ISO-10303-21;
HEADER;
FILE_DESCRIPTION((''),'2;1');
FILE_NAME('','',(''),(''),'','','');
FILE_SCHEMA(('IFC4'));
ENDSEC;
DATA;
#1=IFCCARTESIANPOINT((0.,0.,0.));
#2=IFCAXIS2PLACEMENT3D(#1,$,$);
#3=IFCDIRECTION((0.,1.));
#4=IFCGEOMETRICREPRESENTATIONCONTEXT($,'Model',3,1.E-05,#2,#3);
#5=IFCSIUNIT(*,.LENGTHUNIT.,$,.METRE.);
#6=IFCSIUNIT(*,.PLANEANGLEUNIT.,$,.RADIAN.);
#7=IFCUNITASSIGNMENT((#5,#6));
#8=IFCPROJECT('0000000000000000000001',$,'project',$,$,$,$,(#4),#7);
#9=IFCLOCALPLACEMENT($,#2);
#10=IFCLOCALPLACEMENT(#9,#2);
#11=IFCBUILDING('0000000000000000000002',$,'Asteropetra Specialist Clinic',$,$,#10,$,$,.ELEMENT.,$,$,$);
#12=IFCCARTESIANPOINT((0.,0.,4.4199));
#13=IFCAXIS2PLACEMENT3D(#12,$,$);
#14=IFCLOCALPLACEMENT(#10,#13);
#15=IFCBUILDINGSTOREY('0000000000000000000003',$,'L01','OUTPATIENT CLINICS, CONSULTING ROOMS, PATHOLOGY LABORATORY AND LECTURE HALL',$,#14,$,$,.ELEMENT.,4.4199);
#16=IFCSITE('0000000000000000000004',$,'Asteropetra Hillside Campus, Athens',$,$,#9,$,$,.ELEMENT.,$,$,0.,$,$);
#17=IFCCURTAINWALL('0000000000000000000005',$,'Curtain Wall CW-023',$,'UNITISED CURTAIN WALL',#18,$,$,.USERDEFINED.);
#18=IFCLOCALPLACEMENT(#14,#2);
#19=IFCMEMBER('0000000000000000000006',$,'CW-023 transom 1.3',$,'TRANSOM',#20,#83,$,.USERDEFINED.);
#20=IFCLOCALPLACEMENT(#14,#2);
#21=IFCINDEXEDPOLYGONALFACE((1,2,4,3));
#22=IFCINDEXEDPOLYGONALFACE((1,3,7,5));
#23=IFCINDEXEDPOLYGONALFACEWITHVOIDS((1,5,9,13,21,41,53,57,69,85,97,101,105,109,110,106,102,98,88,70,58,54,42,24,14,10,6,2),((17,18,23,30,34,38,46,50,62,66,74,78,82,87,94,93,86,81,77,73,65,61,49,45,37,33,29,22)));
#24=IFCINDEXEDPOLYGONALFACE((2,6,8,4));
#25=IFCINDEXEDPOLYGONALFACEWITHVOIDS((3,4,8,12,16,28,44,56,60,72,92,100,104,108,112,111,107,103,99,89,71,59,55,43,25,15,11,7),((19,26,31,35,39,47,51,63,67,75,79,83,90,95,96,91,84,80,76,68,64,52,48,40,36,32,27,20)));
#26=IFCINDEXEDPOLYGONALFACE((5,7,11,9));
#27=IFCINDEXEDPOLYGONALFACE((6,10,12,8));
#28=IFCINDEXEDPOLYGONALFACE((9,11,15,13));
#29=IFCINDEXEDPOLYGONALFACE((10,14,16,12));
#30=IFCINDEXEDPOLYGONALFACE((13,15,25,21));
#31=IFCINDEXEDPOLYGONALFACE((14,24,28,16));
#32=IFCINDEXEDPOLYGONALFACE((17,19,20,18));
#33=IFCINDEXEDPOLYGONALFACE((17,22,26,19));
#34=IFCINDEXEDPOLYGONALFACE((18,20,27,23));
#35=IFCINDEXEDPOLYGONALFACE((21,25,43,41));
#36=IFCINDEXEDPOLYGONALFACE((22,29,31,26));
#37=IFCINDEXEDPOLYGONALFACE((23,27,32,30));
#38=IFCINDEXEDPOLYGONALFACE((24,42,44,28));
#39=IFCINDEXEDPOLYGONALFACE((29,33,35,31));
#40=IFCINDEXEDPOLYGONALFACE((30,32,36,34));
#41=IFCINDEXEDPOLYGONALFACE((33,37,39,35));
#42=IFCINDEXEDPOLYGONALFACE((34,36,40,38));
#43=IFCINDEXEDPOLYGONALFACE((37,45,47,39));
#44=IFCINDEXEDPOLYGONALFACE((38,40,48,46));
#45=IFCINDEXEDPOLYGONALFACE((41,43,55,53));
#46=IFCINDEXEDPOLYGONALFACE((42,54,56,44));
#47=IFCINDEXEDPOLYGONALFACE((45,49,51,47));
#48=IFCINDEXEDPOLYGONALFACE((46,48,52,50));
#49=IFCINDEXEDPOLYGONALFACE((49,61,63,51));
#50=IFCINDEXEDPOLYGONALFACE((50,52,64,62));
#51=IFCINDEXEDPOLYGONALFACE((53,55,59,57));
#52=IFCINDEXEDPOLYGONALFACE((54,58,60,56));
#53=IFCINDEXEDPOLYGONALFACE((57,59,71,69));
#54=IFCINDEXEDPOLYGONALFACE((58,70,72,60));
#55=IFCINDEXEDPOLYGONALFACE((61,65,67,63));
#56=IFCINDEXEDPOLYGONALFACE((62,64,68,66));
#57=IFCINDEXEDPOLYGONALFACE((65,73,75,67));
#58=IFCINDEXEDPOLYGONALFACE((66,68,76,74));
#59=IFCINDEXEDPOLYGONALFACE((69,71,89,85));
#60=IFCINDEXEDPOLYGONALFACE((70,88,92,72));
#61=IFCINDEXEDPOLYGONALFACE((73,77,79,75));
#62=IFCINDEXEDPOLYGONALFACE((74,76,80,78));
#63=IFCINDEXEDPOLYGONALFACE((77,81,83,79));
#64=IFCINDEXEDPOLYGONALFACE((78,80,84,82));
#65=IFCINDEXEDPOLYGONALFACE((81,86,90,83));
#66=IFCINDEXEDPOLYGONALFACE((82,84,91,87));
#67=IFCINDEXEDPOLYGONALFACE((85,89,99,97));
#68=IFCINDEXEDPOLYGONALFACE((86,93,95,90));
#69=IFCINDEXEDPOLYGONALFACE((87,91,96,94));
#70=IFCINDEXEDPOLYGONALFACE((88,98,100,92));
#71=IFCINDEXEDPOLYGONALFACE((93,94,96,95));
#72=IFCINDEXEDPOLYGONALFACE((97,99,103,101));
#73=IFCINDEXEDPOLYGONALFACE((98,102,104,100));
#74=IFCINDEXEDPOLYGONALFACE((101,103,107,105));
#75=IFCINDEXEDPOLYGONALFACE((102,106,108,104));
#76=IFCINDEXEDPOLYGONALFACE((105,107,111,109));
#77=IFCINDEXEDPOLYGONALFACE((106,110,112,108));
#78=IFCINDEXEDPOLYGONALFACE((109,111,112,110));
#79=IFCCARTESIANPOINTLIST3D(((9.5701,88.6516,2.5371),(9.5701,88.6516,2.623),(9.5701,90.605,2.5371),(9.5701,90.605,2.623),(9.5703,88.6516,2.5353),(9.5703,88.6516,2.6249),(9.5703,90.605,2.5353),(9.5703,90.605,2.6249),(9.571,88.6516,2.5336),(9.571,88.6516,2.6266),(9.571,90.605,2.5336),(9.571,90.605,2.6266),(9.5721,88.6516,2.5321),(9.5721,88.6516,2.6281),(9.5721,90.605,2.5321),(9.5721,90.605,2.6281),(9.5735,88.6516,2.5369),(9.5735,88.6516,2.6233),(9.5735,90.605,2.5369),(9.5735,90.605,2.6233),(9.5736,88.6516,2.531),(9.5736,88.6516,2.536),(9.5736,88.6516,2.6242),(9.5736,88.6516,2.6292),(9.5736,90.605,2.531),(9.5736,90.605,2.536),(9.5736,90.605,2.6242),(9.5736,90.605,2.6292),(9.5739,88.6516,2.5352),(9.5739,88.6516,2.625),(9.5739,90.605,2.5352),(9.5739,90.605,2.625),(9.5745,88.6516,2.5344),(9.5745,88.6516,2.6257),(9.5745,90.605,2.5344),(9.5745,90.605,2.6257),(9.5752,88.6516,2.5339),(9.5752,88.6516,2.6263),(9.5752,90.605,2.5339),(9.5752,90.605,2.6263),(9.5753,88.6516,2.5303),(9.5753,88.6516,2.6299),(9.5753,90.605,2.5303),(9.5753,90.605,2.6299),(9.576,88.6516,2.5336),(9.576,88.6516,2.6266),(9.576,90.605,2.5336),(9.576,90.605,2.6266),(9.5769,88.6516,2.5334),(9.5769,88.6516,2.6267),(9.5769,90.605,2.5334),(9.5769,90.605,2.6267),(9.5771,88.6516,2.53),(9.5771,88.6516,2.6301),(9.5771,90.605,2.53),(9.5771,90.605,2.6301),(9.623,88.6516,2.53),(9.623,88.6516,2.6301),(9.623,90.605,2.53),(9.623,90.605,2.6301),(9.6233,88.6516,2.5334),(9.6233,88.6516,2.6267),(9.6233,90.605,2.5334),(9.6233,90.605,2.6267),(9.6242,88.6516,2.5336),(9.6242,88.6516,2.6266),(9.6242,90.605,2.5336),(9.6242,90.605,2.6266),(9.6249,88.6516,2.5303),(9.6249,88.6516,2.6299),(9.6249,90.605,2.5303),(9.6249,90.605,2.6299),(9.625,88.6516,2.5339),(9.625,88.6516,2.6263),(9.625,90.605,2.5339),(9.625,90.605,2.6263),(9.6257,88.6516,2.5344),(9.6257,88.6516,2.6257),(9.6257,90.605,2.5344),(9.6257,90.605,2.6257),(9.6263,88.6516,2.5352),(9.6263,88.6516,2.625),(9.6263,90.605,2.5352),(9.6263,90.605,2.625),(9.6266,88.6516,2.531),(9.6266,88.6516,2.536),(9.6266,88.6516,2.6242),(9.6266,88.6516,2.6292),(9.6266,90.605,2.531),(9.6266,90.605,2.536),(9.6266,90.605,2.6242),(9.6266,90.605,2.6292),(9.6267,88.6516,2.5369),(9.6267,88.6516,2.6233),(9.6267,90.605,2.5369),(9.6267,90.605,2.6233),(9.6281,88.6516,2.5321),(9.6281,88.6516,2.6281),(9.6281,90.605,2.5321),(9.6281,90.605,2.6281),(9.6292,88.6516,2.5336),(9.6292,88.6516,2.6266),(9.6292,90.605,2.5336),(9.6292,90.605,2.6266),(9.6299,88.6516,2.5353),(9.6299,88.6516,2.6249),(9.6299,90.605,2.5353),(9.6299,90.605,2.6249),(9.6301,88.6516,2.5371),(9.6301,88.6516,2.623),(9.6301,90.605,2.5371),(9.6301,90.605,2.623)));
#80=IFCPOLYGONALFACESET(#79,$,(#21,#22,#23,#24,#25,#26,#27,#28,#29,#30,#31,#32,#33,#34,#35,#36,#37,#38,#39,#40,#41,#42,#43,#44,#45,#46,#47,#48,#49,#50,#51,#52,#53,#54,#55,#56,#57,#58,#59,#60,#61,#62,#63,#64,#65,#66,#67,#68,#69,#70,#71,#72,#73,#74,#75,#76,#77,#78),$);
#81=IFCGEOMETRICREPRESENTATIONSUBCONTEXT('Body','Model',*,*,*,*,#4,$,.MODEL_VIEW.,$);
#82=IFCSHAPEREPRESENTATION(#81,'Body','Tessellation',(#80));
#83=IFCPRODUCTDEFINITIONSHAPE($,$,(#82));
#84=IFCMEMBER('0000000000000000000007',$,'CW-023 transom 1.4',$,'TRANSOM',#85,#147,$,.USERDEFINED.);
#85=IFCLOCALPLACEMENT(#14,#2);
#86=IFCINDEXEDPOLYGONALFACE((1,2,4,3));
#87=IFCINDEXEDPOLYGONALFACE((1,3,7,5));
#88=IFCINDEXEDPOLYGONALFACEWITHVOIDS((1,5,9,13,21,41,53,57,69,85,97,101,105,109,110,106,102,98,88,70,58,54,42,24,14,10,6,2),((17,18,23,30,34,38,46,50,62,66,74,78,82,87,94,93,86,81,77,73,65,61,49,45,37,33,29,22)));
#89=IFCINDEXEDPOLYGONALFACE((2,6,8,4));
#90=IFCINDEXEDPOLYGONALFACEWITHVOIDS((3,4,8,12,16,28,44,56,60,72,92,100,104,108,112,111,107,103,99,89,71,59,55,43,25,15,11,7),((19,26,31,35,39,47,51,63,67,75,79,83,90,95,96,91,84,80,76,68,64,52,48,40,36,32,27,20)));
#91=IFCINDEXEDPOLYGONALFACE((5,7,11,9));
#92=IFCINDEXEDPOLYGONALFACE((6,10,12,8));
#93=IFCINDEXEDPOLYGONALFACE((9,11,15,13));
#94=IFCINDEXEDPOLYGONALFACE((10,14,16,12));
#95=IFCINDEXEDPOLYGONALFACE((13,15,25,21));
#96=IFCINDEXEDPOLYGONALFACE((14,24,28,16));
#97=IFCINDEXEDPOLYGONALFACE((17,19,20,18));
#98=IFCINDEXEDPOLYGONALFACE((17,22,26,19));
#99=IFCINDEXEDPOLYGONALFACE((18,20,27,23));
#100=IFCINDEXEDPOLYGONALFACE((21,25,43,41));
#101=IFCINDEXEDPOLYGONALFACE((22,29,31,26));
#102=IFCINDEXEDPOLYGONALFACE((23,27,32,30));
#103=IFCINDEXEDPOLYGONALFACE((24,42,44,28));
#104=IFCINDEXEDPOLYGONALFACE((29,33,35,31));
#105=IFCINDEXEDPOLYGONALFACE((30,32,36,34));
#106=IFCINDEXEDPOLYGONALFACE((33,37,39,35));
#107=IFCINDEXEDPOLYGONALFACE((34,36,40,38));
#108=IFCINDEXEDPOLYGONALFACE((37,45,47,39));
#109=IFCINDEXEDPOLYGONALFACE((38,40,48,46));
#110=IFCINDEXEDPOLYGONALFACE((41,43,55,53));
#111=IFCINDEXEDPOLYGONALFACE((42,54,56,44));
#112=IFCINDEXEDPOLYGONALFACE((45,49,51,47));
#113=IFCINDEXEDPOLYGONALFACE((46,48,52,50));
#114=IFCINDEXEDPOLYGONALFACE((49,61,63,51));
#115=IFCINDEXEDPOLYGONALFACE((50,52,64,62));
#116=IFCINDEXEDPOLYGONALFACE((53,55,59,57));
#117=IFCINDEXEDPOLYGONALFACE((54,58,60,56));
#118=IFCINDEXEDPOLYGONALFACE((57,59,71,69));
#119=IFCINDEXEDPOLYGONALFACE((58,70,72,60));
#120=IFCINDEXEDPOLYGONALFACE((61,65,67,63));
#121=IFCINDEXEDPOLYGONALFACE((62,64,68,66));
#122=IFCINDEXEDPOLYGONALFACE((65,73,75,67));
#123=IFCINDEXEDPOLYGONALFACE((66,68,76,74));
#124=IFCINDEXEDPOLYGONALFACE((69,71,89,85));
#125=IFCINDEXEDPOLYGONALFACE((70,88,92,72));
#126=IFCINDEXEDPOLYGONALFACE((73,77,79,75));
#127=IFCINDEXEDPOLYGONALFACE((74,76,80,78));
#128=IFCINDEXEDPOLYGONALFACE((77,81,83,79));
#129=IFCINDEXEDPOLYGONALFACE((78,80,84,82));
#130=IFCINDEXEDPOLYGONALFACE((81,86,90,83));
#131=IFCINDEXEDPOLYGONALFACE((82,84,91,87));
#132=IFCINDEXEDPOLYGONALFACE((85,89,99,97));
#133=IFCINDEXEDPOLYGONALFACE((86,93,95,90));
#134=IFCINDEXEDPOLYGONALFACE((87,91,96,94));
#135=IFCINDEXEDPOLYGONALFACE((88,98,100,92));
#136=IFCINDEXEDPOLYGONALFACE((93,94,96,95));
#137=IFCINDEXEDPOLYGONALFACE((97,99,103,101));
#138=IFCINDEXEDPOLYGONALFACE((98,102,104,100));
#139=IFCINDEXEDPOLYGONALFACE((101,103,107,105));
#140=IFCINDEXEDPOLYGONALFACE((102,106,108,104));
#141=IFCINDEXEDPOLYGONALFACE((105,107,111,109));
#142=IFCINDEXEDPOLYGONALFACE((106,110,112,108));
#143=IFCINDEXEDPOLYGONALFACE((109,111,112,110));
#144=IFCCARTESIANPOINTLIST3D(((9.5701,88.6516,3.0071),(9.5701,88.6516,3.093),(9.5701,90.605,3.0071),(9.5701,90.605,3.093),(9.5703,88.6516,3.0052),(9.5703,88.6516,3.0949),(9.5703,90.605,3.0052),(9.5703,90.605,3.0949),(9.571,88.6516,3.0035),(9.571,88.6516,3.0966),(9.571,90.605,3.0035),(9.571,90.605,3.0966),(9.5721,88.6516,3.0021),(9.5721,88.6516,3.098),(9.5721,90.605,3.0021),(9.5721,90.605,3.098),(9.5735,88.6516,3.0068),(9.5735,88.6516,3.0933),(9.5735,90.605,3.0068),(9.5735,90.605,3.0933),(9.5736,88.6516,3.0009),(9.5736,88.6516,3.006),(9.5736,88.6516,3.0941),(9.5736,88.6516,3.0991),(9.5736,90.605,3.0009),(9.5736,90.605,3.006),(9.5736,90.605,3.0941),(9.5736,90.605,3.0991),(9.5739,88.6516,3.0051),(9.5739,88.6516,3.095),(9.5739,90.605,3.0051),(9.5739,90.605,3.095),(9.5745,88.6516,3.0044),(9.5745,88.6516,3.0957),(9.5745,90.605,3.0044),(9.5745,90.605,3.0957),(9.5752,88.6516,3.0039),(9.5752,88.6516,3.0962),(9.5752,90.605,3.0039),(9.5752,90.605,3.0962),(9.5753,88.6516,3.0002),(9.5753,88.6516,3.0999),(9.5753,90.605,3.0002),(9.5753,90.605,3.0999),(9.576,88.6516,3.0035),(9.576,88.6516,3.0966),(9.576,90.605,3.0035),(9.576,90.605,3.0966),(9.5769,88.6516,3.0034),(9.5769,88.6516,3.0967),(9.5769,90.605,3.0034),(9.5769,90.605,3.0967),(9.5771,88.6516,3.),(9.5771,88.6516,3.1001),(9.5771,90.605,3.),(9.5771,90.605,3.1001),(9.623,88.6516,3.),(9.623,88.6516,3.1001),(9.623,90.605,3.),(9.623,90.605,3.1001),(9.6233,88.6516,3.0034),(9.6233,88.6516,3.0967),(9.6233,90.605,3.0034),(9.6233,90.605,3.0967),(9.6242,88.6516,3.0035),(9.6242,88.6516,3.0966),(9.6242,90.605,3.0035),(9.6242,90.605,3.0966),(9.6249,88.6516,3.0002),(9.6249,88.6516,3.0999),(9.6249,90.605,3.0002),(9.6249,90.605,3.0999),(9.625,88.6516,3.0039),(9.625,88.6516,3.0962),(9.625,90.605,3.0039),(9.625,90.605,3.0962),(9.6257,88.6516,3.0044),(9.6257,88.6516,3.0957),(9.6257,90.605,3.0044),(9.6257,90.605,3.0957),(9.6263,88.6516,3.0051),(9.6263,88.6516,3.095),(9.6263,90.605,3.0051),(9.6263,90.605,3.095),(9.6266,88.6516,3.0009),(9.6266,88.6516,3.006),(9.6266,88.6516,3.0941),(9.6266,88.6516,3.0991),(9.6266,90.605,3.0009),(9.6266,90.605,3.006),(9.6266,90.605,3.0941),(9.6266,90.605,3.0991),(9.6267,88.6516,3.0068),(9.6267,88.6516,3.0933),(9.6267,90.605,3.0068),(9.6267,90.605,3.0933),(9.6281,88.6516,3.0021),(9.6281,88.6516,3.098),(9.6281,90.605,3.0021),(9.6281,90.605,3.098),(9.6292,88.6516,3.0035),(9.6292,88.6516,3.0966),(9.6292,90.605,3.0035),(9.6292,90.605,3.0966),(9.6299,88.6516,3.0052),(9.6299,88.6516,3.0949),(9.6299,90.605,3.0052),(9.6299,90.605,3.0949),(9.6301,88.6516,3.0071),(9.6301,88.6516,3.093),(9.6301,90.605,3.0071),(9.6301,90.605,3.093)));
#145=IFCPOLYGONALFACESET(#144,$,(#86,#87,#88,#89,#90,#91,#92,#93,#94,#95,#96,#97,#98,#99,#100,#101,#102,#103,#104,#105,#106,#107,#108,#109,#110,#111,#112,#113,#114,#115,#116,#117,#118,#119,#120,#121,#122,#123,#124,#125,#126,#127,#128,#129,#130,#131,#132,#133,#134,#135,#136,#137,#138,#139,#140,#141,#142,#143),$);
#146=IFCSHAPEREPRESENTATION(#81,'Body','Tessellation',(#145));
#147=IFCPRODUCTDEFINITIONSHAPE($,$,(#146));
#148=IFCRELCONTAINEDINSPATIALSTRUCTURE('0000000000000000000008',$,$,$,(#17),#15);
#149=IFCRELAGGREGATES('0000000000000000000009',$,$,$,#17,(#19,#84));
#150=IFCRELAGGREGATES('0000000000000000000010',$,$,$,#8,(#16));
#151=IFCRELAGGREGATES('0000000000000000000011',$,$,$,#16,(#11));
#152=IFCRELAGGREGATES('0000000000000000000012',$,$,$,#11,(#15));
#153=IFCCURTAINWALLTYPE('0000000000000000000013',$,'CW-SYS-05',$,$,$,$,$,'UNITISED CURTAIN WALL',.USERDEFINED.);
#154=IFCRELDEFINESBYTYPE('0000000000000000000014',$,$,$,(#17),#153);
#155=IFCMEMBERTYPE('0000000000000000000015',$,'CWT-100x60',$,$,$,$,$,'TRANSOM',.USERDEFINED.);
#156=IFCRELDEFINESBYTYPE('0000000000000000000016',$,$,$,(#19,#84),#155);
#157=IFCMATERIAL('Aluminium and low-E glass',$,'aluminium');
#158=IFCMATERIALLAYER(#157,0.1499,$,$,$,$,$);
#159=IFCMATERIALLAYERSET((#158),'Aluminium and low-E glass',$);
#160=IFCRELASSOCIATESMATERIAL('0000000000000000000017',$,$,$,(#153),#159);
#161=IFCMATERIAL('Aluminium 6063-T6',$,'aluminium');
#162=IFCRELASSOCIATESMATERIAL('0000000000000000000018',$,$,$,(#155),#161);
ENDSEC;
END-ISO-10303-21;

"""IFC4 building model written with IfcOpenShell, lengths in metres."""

from ifc_helpers import new_model, si_unit, direction, frame, origin, origin_2d, place, context, subcontext, project, spatial, hollow_rectangle, extrude, material, layer, layer_set, material_profile, profile_set, type_object, element, aggregate, save


model = new_model("IFC4")

# Units and contexts
model_context = context("Model", 3, precision=1e-05, world=origin(), true_north=direction((0.0, 1.0)))
body_context = subcontext(model_context, "Body", "Model", "MODEL_VIEW")
ifc_project = project(units=[si_unit("LENGTHUNIT", "METRE"), si_unit("PLANEANGLEUNIT", "RADIAN")], contexts=[model_context])

# Site, building, storey
site_placement = place(None, origin())
site = spatial("IfcSite", under=ifc_project, at=site_placement, Name="Asteropetra Hillside Campus, Athens", CompositionType="ELEMENT", RefElevation=0.0)
building_placement = place(site_placement, origin())
building = spatial("IfcBuilding", under=site, at=building_placement, Name="Asteropetra Specialist Clinic", CompositionType="ELEMENT")
storey_placement = place(building_placement, frame((0.0, 0.0, 4.4199)))
storey = spatial("IfcBuildingStorey", under=building, at=storey_placement, Name="L01", Description="OUTPATIENT CLINICS, CONSULTING ROOMS, PATHOLOGY LABORATORY AND LECTURE HALL", CompositionType="ELEMENT", Elevation=4.4199)

# Curtain wall
ifc_material_1 = material(Name="Aluminium and low-E glass", Category="aluminium")
ifc_layer_1 = layer(ifc_material_1, 0.1499)
ifc_layer_set_1 = layer_set([ifc_layer_1], Name="Aluminium and low-E glass")
curtain_wall_type = type_object("IfcCurtainWallType", Name="CW-SYS-05", ElementType="UNITISED CURTAIN WALL", PredefinedType="USERDEFINED", material=ifc_layer_set_1)
curtain_wall_1_placement = place(storey_placement, origin())
curtain_wall_1 = element("IfcCurtainWall", 1, at=curtain_wall_1_placement, inside=storey, type_object=curtain_wall_type, Name="Curtain Wall CW-023", ObjectType="UNITISED CURTAIN WALL", PredefinedType="USERDEFINED")

# Members
ifc_material_2 = material(Name="Aluminium 6063-T6", Category="aluminium")
ifc_material_profile_1 = material_profile(ifc_material_2, hollow_rectangle(XDim=0.0601, YDim=0.1001, WallThickness=0.0034, InnerFilletRadius=0.0034, OuterFilletRadius=0.0071, at=origin_2d()), Name="TRN 100x60x3.5")
ifc_profile_set_1 = profile_set([ifc_material_profile_1], Name="Aluminium 6063-T6")
member_type_1 = type_object("IfcMemberType", Name="CWT-100x60", ElementType="TRANSOM", PredefinedType="USERDEFINED", material=ifc_profile_set_1)
member_1_placement = place(storey_placement, frame((9.6001, 90.605, 2.5801), z_axis=(0.0, -1.0, 0.0), x_axis=(1.0, 0.0, 0.0)))
member_1 = element("IfcMember", 2, at=member_1_placement, type_object=member_type_1, Name="CW-023 transom 1.3", ObjectType="TRANSOM", PredefinedType="USERDEFINED", context=body_context, shape_type="SweptSolid", body=[
    extrude(hollow_rectangle(XDim=0.0601, YDim=0.1001, WallThickness=0.0034, InnerFilletRadius=0.0034, OuterFilletRadius=0.0071, at=origin_2d()), origin(), (0.0, 0.0, 1.0), 1.9534),
])
member_2_placement = place(storey_placement, frame((9.6001, 90.605, 3.05), z_axis=(0.0, -1.0, 0.0), x_axis=(1.0, 0.0, 0.0)))
member_2 = element("IfcMember", 3, at=member_2_placement, type_object=member_type_1, Name="CW-023 transom 1.4", ObjectType="TRANSOM", PredefinedType="USERDEFINED", context=body_context, shape_type="SweptSolid", body=[
    extrude(hollow_rectangle(XDim=0.0601, YDim=0.1001, WallThickness=0.0034, InnerFilletRadius=0.0034, OuterFilletRadius=0.0071, at=origin_2d()), origin(), (0.0, 0.0, 1.0), 1.9534),
])

aggregate(curtain_wall_1, [member_1, member_2])

save(model, "model.ifc")
